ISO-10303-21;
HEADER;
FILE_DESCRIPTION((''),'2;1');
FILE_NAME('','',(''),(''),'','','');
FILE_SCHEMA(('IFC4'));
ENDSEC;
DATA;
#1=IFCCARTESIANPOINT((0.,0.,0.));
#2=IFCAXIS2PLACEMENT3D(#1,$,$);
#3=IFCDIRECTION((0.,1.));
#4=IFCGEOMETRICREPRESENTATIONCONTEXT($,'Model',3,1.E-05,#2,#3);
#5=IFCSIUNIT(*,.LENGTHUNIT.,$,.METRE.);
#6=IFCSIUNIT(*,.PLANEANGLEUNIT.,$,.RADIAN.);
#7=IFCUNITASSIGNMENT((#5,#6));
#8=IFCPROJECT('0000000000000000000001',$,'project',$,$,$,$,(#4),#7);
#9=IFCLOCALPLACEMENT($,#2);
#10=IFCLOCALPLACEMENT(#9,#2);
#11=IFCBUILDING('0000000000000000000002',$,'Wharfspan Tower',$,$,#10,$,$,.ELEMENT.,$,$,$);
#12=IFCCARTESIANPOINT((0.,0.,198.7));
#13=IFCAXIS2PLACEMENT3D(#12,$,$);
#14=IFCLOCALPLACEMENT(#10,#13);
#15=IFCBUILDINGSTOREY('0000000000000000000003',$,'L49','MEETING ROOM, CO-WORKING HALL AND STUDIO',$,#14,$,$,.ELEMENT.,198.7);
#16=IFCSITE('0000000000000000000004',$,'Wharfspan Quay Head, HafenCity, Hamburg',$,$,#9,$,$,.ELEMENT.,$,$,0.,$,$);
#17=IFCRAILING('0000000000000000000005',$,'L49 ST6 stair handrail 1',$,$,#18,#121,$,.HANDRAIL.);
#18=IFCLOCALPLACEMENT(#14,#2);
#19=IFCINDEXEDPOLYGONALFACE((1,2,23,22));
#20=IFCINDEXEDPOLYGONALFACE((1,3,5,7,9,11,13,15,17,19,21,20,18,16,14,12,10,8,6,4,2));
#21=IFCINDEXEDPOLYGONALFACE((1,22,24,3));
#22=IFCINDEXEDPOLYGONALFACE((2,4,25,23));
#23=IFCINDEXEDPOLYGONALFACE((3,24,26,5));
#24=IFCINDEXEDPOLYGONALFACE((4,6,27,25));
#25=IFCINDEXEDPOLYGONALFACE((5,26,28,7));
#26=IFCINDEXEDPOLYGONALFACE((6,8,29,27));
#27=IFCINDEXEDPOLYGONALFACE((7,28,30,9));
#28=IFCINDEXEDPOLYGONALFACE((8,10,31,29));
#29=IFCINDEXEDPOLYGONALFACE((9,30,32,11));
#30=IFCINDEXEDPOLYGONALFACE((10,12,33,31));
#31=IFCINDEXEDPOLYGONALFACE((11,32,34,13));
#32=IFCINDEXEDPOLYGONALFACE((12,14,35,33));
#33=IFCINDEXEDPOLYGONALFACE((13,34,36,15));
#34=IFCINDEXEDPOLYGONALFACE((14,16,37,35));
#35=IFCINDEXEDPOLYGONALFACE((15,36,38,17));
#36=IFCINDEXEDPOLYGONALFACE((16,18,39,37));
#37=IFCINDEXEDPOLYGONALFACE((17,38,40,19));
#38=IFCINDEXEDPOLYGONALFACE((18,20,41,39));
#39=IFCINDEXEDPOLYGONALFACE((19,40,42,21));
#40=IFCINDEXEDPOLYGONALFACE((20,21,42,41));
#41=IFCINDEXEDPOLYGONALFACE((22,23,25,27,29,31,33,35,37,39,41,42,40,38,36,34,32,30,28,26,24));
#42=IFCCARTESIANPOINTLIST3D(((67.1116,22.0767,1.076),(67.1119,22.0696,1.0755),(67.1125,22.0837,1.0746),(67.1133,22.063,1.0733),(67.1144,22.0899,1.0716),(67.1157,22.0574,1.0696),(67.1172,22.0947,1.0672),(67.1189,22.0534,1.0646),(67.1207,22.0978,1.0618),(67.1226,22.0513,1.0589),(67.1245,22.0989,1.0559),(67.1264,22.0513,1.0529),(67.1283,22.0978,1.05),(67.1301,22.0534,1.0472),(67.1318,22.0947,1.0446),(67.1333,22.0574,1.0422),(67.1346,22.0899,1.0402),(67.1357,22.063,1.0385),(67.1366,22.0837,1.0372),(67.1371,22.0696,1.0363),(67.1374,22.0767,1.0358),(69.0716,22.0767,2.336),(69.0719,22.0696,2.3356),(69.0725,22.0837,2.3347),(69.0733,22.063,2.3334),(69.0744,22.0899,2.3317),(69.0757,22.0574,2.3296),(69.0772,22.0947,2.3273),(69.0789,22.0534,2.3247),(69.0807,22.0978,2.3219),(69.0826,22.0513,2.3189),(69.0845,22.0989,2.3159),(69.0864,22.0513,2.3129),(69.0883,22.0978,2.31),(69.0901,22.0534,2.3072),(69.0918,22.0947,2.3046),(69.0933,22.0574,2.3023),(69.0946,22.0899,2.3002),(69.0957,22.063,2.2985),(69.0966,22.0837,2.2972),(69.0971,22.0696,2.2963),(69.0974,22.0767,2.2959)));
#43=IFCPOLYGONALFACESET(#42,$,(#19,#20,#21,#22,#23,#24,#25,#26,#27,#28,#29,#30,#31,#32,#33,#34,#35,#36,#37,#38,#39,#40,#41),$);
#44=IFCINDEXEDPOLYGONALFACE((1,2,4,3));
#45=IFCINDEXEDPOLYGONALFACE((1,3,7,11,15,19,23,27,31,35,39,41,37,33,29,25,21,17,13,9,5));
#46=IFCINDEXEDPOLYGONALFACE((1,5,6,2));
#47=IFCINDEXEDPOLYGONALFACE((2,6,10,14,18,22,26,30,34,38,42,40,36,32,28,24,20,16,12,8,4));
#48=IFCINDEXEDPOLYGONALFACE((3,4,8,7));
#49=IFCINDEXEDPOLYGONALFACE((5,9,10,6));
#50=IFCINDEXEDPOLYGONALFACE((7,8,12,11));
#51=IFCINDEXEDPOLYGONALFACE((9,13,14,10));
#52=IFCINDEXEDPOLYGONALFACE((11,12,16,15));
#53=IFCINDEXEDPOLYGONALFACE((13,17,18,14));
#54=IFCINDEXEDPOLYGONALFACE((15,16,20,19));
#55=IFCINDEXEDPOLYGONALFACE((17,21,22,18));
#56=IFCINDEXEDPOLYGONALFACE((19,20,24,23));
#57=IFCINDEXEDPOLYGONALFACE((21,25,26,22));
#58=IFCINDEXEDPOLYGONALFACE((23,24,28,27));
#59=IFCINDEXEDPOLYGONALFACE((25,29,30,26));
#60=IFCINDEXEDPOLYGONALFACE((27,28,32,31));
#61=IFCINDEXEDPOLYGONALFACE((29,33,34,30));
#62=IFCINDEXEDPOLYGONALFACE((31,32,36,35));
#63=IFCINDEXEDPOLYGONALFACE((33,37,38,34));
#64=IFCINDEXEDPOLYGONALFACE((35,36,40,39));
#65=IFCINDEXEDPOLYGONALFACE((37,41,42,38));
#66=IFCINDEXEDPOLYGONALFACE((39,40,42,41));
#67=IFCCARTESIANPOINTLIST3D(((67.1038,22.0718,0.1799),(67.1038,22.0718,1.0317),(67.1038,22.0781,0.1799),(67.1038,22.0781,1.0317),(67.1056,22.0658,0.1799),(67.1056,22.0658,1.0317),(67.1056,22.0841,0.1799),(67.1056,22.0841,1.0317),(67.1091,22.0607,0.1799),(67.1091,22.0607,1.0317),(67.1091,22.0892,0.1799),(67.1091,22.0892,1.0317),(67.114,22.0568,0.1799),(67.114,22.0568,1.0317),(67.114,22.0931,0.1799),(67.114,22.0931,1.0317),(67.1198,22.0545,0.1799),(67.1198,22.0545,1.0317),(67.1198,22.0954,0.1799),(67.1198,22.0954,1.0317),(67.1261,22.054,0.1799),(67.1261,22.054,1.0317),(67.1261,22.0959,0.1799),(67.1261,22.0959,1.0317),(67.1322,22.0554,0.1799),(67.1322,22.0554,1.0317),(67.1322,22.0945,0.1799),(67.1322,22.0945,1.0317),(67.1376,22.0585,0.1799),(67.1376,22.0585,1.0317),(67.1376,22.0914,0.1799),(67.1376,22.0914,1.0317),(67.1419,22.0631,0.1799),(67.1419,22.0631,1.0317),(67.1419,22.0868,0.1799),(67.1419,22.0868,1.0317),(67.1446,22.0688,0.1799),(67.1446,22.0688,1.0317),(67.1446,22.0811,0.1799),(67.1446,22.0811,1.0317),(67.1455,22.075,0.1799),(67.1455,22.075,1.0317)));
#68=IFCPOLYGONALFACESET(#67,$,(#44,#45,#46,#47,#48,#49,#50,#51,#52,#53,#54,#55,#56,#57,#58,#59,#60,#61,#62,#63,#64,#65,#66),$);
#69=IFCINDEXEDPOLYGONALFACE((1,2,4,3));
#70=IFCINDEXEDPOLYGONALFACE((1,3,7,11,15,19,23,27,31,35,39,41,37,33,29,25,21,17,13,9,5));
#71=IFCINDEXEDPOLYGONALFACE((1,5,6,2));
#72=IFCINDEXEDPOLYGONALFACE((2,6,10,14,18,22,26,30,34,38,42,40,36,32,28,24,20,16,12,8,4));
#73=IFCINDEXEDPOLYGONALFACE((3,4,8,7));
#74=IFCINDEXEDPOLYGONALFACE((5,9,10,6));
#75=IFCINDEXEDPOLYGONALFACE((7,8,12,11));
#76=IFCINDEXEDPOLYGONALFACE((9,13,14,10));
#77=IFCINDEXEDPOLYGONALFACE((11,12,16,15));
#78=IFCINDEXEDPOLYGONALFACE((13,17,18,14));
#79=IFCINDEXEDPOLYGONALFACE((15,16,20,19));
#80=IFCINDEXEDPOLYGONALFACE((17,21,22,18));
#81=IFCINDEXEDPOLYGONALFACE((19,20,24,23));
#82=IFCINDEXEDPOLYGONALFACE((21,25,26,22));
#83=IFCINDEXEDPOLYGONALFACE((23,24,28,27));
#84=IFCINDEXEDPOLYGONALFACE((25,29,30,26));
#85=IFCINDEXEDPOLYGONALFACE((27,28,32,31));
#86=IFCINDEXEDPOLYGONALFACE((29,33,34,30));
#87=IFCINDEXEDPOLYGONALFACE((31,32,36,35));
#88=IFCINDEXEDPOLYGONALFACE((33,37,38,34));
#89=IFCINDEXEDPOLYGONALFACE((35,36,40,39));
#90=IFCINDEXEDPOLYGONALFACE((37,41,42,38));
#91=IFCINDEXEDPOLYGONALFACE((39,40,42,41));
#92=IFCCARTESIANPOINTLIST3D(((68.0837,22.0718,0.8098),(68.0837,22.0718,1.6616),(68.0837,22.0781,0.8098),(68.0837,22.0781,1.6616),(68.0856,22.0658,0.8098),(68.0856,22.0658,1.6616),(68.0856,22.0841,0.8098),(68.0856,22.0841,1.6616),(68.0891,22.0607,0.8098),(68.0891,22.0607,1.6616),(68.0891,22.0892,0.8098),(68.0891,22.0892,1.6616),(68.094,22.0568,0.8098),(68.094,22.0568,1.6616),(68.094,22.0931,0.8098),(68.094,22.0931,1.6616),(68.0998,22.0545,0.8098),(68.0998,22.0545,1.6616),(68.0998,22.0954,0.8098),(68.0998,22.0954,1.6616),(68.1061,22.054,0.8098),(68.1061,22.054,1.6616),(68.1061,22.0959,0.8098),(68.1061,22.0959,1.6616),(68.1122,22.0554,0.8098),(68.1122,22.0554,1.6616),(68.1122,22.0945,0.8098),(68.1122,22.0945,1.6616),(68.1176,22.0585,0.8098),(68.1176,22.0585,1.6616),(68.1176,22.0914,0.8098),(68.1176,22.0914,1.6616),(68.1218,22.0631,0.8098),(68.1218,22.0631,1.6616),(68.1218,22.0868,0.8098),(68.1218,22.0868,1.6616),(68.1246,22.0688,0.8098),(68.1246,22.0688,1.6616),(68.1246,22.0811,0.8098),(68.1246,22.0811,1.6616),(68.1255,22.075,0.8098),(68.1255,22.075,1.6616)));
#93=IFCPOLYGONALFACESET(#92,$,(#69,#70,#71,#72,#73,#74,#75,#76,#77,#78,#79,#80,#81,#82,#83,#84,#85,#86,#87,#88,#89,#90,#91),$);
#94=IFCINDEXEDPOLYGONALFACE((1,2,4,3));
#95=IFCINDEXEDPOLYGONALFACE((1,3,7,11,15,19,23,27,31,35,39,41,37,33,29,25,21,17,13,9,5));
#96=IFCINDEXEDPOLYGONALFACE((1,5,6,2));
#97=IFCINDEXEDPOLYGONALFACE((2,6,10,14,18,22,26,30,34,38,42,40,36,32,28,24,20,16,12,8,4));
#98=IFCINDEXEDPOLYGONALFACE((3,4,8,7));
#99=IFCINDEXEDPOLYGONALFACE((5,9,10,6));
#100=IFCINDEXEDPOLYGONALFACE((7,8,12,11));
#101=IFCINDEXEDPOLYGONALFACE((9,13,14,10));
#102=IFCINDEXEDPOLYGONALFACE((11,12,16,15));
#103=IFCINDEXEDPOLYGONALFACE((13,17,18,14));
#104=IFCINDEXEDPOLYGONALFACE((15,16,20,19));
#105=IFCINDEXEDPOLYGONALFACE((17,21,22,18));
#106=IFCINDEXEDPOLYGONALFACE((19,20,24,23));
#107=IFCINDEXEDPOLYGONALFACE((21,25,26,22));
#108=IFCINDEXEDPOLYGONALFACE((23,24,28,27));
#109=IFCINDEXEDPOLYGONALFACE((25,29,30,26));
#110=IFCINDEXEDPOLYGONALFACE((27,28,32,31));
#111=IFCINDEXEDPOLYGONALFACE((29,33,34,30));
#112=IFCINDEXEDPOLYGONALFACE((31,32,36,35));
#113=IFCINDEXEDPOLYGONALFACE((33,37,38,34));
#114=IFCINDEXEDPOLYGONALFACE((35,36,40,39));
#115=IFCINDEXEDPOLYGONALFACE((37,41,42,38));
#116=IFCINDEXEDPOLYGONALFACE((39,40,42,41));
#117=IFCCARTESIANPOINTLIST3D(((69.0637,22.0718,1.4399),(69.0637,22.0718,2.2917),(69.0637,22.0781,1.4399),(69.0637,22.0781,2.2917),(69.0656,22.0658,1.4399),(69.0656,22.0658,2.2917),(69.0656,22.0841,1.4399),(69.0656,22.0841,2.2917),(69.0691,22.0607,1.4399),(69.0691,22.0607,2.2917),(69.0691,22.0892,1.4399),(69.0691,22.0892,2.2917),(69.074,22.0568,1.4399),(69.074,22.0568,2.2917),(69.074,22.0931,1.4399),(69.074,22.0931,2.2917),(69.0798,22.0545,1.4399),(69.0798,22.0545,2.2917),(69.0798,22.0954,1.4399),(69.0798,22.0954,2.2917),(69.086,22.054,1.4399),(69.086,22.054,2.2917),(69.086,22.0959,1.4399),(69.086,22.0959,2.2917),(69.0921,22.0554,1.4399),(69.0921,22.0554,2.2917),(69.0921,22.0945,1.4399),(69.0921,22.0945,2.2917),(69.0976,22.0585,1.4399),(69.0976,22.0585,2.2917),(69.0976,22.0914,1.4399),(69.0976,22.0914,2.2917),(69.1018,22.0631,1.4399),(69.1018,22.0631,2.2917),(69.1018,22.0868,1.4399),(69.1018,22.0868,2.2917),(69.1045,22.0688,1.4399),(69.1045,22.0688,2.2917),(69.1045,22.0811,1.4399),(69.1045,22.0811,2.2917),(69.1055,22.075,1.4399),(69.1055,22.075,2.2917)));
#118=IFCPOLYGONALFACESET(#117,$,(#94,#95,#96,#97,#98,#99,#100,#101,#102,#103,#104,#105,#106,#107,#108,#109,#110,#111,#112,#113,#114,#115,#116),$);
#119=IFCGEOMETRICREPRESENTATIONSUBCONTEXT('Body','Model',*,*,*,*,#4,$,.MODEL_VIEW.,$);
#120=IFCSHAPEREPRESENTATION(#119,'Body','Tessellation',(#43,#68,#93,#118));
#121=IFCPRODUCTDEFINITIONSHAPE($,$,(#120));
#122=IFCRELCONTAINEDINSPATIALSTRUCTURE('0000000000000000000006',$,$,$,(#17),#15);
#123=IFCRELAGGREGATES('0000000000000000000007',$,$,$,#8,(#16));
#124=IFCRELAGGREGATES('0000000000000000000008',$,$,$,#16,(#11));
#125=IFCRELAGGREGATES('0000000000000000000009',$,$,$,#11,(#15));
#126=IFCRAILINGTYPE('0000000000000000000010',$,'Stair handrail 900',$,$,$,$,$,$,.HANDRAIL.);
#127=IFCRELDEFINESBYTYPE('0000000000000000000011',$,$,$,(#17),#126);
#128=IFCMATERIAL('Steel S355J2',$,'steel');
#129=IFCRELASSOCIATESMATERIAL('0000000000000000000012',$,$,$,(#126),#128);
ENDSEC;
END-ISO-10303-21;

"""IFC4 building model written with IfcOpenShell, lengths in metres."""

from ifc_helpers import new_model, si_unit, direction, frame, origin, origin_2d, place, context, subcontext, project, spatial, circle, extrude, material, type_object, element, save


model = new_model("IFC4")

# Units and contexts
model_context = context("Model", 3, precision=1e-05, world=origin(), true_north=direction((0.0, 1.0)))
body_context = subcontext(model_context, "Body", "Model", "MODEL_VIEW")
ifc_project = project(units=[si_unit("LENGTHUNIT", "METRE"), si_unit("PLANEANGLEUNIT", "RADIAN")], contexts=[model_context])

# Site, building, storey
site_placement = place(None, origin())
site = spatial("IfcSite", under=ifc_project, at=site_placement, Name="Wharfspan Quay Head, HafenCity, Hamburg", CompositionType="ELEMENT", RefElevation=0.0)
building_placement = place(site_placement, origin())
building = spatial("IfcBuilding", under=site, at=building_placement, Name="Wharfspan Tower", CompositionType="ELEMENT")
storey_placement = place(building_placement, frame((0.0, 0.0, 198.7)))
storey = spatial("IfcBuildingStorey", under=building, at=storey_placement, Name="L49", Description="MEETING ROOM, CO-WORKING HALL AND STUDIO", CompositionType="ELEMENT", Elevation=198.7)

# Shared definitions
ifc_material_1 = material(Name="Steel S355J2", Category="steel")

# Railing
railing_type_1 = type_object("IfcRailingType", Name="Stair handrail 900", PredefinedType="HANDRAIL", material=ifc_material_1)
railing_1_placement = place(storey_placement, frame((67.1245, 22.075, 0.1799)))
element("IfcRailing", 1, at=railing_1_placement, inside=storey, type_object=railing_type_1, Name="L49 ST6 stair handrail 1", PredefinedType="HANDRAIL", context=body_context, shape_type="SweptSolid", body=[
    extrude(circle(Radius=0.0239, at=origin_2d()), frame((0.0, 0.0, 0.876), z_axis=(0.841172, 0.0, 0.540768), x_axis=(0.0, 1.0, 0.0)), (0.0, 0.0, 1.0), 2.3301),
    extrude(circle(Radius=0.021, at=origin_2d()), origin(), (0.0, 0.0, 1.0), 0.8518),
    extrude(circle(Radius=0.021, at=origin_2d()), frame((0.98, 0.0, 0.6299)), (0.0, 0.0, 1.0), 0.8518),
    extrude(circle(Radius=0.021, at=origin_2d()), frame((1.96, 0.0, 1.26)), (0.0, 0.0, 1.0), 0.8518),
])

save(model, "model.ifc")
